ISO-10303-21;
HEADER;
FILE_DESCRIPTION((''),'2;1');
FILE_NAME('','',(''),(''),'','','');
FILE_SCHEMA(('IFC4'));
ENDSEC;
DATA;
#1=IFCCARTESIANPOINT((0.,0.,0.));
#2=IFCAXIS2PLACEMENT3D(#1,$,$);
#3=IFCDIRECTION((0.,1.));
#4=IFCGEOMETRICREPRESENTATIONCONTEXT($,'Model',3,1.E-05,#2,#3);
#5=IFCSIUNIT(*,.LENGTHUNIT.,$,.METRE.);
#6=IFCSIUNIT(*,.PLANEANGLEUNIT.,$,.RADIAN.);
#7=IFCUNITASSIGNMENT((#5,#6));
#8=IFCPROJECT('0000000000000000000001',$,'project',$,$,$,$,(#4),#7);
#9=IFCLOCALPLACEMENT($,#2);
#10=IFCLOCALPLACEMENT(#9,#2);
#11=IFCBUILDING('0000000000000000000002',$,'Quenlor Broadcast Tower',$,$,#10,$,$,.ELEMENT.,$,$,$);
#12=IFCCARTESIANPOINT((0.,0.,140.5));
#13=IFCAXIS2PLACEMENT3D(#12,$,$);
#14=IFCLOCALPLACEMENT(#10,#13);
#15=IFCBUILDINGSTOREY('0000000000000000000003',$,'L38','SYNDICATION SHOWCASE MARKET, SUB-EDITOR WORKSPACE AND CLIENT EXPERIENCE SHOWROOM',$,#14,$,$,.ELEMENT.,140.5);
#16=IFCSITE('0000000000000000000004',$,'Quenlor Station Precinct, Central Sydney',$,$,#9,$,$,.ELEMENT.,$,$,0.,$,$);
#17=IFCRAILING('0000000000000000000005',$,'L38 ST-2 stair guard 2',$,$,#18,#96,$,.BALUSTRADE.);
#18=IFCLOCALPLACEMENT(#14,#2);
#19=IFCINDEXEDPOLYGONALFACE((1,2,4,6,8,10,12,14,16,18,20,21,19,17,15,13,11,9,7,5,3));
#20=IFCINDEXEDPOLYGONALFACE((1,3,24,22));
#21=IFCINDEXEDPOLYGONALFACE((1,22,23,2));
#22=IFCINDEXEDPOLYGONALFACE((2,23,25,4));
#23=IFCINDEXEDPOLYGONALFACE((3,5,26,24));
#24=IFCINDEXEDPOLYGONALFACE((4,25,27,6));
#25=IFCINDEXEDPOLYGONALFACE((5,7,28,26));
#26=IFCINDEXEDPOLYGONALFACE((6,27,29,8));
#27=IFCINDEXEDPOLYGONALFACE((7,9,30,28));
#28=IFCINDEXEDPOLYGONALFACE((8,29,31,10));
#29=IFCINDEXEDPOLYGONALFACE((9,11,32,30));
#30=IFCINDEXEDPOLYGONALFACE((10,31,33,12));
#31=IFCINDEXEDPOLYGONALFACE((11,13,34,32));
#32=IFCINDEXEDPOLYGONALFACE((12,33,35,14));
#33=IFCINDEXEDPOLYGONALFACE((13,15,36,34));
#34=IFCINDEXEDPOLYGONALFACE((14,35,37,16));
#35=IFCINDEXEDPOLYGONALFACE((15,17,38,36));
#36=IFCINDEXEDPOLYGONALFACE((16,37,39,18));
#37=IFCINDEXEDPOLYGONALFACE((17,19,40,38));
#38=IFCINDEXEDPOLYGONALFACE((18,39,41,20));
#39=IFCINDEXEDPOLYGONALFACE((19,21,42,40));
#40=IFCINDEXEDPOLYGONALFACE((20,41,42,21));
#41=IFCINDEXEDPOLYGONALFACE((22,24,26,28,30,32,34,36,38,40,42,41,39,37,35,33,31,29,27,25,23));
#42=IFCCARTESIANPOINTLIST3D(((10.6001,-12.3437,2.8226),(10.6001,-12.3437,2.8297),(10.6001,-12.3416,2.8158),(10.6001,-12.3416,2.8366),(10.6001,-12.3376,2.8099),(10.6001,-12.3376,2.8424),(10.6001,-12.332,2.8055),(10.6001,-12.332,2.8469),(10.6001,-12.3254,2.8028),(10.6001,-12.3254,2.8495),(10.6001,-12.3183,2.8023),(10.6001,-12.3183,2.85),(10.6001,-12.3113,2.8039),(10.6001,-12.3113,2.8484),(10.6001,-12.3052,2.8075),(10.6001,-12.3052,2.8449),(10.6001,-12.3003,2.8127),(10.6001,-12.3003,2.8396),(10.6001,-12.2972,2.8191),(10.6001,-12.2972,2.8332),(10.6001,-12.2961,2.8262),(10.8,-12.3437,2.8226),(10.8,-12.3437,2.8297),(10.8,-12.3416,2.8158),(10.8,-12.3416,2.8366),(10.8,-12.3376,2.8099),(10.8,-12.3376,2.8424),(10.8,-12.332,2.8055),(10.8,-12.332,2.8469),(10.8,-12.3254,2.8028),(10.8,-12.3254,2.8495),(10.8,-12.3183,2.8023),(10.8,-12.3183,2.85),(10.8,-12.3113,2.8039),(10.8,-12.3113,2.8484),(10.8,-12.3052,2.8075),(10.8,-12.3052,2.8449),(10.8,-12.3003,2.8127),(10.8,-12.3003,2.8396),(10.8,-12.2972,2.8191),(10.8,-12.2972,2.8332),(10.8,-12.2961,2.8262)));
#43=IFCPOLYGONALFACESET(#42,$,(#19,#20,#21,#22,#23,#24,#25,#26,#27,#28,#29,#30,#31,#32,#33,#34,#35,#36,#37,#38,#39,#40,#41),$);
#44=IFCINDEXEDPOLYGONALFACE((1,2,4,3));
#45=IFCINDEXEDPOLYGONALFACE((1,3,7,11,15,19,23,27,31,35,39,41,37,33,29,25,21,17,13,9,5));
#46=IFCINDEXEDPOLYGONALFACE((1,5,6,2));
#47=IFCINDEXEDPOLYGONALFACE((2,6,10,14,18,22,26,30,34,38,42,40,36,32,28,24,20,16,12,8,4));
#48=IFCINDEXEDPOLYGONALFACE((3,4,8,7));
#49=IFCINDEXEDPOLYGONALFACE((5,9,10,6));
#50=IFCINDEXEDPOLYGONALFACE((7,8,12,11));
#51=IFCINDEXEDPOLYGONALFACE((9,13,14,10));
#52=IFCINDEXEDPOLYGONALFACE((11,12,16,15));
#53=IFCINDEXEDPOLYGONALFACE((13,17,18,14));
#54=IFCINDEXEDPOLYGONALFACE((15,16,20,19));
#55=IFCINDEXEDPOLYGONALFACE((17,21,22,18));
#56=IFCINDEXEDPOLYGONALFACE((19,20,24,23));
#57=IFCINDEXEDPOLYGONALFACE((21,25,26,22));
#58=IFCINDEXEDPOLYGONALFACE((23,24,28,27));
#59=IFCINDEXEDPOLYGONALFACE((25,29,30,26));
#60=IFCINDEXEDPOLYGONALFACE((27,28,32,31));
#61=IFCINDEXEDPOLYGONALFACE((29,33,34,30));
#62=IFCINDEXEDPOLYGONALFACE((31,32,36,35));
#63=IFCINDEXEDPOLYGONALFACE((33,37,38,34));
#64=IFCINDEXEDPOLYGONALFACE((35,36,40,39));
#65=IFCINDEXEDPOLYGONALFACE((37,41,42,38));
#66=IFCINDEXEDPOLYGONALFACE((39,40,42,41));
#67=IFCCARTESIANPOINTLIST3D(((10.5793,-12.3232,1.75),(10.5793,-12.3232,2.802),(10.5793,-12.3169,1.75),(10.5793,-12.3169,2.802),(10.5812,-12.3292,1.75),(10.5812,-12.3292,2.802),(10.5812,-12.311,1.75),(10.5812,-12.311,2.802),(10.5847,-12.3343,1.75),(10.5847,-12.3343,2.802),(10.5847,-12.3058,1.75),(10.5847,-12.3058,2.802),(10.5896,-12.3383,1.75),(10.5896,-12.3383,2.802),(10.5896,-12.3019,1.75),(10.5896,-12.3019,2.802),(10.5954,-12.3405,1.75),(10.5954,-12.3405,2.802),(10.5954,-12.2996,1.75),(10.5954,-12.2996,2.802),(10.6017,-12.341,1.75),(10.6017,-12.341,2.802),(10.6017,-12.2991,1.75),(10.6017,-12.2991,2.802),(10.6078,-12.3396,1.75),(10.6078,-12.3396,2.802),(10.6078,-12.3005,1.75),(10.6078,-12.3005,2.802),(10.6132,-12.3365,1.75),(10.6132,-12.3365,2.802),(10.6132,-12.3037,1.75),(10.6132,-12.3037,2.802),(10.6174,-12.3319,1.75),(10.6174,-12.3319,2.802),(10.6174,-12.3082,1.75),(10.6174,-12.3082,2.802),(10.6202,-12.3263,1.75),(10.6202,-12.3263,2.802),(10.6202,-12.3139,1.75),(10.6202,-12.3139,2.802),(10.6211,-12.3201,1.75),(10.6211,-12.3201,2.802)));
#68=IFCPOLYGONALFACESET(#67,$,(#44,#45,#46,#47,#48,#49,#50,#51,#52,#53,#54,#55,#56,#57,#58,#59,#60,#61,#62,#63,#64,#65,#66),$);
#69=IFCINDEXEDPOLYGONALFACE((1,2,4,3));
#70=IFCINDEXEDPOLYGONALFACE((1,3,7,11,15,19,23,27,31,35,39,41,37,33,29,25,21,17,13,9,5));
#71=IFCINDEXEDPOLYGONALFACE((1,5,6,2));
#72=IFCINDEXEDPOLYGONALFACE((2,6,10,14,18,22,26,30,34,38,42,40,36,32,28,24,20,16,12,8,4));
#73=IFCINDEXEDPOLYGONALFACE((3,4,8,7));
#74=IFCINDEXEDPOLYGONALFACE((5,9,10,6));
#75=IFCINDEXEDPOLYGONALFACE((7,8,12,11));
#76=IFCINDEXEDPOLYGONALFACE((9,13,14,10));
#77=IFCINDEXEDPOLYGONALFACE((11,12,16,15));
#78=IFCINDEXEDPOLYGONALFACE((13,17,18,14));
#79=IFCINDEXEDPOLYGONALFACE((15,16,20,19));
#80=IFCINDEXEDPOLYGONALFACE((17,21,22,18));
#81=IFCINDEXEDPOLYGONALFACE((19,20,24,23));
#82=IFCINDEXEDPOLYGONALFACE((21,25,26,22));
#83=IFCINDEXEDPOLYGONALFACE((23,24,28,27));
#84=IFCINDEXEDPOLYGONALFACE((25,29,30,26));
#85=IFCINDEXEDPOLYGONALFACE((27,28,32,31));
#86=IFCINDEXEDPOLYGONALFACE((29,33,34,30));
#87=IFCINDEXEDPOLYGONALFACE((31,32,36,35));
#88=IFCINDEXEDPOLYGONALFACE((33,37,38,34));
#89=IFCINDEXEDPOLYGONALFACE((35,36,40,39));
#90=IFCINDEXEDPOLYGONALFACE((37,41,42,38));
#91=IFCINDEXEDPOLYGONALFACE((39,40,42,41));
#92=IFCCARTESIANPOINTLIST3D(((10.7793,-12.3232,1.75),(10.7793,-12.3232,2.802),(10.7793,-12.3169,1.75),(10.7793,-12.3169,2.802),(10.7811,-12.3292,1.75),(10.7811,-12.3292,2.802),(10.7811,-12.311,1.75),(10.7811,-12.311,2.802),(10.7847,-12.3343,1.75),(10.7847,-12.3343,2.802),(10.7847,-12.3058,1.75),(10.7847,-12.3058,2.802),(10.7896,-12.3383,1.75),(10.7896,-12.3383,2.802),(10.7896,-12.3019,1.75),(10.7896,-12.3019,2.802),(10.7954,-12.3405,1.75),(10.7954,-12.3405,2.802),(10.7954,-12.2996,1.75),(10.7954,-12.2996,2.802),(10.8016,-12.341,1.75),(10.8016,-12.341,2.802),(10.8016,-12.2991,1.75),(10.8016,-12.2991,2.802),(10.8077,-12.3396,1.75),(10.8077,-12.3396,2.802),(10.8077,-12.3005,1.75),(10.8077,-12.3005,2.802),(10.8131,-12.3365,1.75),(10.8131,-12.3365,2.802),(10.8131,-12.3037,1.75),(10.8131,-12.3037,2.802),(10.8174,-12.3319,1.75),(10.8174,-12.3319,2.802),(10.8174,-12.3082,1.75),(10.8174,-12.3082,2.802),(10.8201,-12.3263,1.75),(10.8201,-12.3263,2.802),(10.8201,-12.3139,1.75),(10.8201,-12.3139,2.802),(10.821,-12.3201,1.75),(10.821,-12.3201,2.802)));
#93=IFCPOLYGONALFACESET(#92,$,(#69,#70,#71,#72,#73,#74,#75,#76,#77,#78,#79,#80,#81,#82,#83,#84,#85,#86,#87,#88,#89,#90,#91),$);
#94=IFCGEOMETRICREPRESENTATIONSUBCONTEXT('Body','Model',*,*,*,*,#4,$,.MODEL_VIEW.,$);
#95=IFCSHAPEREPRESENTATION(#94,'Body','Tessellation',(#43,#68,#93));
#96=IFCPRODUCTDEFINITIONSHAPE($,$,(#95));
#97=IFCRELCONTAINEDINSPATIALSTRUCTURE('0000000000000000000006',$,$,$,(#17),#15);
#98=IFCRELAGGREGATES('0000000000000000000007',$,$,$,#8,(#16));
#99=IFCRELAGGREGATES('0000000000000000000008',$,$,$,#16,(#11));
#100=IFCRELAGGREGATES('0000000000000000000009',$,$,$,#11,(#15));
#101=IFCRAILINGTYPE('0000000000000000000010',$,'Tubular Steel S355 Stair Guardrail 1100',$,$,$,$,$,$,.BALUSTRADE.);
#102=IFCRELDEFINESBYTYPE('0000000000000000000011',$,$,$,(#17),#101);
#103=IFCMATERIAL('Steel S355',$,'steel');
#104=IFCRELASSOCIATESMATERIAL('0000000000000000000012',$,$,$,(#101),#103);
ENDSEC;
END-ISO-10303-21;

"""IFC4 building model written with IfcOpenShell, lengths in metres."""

from ifc_helpers import new_model, si_unit, direction, frame, origin, origin_2d, place, context, subcontext, project, spatial, circle, extrude, material, type_object, element, save


model = new_model("IFC4")

# Units and contexts
model_context = context("Model", 3, precision=1e-05, world=origin(), true_north=direction((0.0, 1.0)))
body_context = subcontext(model_context, "Body", "Model", "MODEL_VIEW")
ifc_project = project(units=[si_unit("LENGTHUNIT", "METRE"), si_unit("PLANEANGLEUNIT", "RADIAN")], contexts=[model_context])

# Site, building, storey
site_placement = place(None, origin())
site = spatial("IfcSite", under=ifc_project, at=site_placement, Name="Quenlor Station Precinct, Central Sydney", CompositionType="ELEMENT", RefElevation=0.0)
building_placement = place(site_placement, origin())
building = spatial("IfcBuilding", under=site, at=building_placement, Name="Quenlor Broadcast Tower", CompositionType="ELEMENT")
storey_placement = place(building_placement, frame((0.0, 0.0, 140.5)))
storey = spatial("IfcBuildingStorey", under=building, at=storey_placement, Name="L38", Description="SYNDICATION SHOWCASE MARKET, SUB-EDITOR WORKSPACE AND CLIENT EXPERIENCE SHOWROOM", CompositionType="ELEMENT", Elevation=140.5)

# Railing
ifc_material_1 = material(Name="Steel S355", Category="steel")
railing_type = type_object("IfcRailingType", Name="Tubular Steel S355 Stair Guardrail 1100", PredefinedType="BALUSTRADE", material=ifc_material_1)
railing_1_placement = place(storey_placement, frame((10.6001, -12.3201, 1.75)))
element("IfcRailing", 1, at=railing_1_placement, inside=storey, type_object=railing_type, Name="L38 ST-2 stair guard 2", PredefinedType="BALUSTRADE", context=body_context, shape_type="SweptSolid", body=[
    extrude(circle(Radius=0.0239, at=origin_2d()), frame((0.0, 0.0, 1.0762), z_axis=(1.0, 0.0, 0.0), x_axis=(0.0, 1.0, 0.0)), (0.0, 0.0, 1.0), 0.2),
    extrude(circle(Radius=0.021, at=origin_2d()), origin(), (0.0, 0.0, 1.0), 1.052),
    extrude(circle(Radius=0.021, at=origin_2d()), frame((0.2, 0.0, 0.0)), (0.0, 0.0, 1.0), 1.052),
])

save(model, "model.ifc")
